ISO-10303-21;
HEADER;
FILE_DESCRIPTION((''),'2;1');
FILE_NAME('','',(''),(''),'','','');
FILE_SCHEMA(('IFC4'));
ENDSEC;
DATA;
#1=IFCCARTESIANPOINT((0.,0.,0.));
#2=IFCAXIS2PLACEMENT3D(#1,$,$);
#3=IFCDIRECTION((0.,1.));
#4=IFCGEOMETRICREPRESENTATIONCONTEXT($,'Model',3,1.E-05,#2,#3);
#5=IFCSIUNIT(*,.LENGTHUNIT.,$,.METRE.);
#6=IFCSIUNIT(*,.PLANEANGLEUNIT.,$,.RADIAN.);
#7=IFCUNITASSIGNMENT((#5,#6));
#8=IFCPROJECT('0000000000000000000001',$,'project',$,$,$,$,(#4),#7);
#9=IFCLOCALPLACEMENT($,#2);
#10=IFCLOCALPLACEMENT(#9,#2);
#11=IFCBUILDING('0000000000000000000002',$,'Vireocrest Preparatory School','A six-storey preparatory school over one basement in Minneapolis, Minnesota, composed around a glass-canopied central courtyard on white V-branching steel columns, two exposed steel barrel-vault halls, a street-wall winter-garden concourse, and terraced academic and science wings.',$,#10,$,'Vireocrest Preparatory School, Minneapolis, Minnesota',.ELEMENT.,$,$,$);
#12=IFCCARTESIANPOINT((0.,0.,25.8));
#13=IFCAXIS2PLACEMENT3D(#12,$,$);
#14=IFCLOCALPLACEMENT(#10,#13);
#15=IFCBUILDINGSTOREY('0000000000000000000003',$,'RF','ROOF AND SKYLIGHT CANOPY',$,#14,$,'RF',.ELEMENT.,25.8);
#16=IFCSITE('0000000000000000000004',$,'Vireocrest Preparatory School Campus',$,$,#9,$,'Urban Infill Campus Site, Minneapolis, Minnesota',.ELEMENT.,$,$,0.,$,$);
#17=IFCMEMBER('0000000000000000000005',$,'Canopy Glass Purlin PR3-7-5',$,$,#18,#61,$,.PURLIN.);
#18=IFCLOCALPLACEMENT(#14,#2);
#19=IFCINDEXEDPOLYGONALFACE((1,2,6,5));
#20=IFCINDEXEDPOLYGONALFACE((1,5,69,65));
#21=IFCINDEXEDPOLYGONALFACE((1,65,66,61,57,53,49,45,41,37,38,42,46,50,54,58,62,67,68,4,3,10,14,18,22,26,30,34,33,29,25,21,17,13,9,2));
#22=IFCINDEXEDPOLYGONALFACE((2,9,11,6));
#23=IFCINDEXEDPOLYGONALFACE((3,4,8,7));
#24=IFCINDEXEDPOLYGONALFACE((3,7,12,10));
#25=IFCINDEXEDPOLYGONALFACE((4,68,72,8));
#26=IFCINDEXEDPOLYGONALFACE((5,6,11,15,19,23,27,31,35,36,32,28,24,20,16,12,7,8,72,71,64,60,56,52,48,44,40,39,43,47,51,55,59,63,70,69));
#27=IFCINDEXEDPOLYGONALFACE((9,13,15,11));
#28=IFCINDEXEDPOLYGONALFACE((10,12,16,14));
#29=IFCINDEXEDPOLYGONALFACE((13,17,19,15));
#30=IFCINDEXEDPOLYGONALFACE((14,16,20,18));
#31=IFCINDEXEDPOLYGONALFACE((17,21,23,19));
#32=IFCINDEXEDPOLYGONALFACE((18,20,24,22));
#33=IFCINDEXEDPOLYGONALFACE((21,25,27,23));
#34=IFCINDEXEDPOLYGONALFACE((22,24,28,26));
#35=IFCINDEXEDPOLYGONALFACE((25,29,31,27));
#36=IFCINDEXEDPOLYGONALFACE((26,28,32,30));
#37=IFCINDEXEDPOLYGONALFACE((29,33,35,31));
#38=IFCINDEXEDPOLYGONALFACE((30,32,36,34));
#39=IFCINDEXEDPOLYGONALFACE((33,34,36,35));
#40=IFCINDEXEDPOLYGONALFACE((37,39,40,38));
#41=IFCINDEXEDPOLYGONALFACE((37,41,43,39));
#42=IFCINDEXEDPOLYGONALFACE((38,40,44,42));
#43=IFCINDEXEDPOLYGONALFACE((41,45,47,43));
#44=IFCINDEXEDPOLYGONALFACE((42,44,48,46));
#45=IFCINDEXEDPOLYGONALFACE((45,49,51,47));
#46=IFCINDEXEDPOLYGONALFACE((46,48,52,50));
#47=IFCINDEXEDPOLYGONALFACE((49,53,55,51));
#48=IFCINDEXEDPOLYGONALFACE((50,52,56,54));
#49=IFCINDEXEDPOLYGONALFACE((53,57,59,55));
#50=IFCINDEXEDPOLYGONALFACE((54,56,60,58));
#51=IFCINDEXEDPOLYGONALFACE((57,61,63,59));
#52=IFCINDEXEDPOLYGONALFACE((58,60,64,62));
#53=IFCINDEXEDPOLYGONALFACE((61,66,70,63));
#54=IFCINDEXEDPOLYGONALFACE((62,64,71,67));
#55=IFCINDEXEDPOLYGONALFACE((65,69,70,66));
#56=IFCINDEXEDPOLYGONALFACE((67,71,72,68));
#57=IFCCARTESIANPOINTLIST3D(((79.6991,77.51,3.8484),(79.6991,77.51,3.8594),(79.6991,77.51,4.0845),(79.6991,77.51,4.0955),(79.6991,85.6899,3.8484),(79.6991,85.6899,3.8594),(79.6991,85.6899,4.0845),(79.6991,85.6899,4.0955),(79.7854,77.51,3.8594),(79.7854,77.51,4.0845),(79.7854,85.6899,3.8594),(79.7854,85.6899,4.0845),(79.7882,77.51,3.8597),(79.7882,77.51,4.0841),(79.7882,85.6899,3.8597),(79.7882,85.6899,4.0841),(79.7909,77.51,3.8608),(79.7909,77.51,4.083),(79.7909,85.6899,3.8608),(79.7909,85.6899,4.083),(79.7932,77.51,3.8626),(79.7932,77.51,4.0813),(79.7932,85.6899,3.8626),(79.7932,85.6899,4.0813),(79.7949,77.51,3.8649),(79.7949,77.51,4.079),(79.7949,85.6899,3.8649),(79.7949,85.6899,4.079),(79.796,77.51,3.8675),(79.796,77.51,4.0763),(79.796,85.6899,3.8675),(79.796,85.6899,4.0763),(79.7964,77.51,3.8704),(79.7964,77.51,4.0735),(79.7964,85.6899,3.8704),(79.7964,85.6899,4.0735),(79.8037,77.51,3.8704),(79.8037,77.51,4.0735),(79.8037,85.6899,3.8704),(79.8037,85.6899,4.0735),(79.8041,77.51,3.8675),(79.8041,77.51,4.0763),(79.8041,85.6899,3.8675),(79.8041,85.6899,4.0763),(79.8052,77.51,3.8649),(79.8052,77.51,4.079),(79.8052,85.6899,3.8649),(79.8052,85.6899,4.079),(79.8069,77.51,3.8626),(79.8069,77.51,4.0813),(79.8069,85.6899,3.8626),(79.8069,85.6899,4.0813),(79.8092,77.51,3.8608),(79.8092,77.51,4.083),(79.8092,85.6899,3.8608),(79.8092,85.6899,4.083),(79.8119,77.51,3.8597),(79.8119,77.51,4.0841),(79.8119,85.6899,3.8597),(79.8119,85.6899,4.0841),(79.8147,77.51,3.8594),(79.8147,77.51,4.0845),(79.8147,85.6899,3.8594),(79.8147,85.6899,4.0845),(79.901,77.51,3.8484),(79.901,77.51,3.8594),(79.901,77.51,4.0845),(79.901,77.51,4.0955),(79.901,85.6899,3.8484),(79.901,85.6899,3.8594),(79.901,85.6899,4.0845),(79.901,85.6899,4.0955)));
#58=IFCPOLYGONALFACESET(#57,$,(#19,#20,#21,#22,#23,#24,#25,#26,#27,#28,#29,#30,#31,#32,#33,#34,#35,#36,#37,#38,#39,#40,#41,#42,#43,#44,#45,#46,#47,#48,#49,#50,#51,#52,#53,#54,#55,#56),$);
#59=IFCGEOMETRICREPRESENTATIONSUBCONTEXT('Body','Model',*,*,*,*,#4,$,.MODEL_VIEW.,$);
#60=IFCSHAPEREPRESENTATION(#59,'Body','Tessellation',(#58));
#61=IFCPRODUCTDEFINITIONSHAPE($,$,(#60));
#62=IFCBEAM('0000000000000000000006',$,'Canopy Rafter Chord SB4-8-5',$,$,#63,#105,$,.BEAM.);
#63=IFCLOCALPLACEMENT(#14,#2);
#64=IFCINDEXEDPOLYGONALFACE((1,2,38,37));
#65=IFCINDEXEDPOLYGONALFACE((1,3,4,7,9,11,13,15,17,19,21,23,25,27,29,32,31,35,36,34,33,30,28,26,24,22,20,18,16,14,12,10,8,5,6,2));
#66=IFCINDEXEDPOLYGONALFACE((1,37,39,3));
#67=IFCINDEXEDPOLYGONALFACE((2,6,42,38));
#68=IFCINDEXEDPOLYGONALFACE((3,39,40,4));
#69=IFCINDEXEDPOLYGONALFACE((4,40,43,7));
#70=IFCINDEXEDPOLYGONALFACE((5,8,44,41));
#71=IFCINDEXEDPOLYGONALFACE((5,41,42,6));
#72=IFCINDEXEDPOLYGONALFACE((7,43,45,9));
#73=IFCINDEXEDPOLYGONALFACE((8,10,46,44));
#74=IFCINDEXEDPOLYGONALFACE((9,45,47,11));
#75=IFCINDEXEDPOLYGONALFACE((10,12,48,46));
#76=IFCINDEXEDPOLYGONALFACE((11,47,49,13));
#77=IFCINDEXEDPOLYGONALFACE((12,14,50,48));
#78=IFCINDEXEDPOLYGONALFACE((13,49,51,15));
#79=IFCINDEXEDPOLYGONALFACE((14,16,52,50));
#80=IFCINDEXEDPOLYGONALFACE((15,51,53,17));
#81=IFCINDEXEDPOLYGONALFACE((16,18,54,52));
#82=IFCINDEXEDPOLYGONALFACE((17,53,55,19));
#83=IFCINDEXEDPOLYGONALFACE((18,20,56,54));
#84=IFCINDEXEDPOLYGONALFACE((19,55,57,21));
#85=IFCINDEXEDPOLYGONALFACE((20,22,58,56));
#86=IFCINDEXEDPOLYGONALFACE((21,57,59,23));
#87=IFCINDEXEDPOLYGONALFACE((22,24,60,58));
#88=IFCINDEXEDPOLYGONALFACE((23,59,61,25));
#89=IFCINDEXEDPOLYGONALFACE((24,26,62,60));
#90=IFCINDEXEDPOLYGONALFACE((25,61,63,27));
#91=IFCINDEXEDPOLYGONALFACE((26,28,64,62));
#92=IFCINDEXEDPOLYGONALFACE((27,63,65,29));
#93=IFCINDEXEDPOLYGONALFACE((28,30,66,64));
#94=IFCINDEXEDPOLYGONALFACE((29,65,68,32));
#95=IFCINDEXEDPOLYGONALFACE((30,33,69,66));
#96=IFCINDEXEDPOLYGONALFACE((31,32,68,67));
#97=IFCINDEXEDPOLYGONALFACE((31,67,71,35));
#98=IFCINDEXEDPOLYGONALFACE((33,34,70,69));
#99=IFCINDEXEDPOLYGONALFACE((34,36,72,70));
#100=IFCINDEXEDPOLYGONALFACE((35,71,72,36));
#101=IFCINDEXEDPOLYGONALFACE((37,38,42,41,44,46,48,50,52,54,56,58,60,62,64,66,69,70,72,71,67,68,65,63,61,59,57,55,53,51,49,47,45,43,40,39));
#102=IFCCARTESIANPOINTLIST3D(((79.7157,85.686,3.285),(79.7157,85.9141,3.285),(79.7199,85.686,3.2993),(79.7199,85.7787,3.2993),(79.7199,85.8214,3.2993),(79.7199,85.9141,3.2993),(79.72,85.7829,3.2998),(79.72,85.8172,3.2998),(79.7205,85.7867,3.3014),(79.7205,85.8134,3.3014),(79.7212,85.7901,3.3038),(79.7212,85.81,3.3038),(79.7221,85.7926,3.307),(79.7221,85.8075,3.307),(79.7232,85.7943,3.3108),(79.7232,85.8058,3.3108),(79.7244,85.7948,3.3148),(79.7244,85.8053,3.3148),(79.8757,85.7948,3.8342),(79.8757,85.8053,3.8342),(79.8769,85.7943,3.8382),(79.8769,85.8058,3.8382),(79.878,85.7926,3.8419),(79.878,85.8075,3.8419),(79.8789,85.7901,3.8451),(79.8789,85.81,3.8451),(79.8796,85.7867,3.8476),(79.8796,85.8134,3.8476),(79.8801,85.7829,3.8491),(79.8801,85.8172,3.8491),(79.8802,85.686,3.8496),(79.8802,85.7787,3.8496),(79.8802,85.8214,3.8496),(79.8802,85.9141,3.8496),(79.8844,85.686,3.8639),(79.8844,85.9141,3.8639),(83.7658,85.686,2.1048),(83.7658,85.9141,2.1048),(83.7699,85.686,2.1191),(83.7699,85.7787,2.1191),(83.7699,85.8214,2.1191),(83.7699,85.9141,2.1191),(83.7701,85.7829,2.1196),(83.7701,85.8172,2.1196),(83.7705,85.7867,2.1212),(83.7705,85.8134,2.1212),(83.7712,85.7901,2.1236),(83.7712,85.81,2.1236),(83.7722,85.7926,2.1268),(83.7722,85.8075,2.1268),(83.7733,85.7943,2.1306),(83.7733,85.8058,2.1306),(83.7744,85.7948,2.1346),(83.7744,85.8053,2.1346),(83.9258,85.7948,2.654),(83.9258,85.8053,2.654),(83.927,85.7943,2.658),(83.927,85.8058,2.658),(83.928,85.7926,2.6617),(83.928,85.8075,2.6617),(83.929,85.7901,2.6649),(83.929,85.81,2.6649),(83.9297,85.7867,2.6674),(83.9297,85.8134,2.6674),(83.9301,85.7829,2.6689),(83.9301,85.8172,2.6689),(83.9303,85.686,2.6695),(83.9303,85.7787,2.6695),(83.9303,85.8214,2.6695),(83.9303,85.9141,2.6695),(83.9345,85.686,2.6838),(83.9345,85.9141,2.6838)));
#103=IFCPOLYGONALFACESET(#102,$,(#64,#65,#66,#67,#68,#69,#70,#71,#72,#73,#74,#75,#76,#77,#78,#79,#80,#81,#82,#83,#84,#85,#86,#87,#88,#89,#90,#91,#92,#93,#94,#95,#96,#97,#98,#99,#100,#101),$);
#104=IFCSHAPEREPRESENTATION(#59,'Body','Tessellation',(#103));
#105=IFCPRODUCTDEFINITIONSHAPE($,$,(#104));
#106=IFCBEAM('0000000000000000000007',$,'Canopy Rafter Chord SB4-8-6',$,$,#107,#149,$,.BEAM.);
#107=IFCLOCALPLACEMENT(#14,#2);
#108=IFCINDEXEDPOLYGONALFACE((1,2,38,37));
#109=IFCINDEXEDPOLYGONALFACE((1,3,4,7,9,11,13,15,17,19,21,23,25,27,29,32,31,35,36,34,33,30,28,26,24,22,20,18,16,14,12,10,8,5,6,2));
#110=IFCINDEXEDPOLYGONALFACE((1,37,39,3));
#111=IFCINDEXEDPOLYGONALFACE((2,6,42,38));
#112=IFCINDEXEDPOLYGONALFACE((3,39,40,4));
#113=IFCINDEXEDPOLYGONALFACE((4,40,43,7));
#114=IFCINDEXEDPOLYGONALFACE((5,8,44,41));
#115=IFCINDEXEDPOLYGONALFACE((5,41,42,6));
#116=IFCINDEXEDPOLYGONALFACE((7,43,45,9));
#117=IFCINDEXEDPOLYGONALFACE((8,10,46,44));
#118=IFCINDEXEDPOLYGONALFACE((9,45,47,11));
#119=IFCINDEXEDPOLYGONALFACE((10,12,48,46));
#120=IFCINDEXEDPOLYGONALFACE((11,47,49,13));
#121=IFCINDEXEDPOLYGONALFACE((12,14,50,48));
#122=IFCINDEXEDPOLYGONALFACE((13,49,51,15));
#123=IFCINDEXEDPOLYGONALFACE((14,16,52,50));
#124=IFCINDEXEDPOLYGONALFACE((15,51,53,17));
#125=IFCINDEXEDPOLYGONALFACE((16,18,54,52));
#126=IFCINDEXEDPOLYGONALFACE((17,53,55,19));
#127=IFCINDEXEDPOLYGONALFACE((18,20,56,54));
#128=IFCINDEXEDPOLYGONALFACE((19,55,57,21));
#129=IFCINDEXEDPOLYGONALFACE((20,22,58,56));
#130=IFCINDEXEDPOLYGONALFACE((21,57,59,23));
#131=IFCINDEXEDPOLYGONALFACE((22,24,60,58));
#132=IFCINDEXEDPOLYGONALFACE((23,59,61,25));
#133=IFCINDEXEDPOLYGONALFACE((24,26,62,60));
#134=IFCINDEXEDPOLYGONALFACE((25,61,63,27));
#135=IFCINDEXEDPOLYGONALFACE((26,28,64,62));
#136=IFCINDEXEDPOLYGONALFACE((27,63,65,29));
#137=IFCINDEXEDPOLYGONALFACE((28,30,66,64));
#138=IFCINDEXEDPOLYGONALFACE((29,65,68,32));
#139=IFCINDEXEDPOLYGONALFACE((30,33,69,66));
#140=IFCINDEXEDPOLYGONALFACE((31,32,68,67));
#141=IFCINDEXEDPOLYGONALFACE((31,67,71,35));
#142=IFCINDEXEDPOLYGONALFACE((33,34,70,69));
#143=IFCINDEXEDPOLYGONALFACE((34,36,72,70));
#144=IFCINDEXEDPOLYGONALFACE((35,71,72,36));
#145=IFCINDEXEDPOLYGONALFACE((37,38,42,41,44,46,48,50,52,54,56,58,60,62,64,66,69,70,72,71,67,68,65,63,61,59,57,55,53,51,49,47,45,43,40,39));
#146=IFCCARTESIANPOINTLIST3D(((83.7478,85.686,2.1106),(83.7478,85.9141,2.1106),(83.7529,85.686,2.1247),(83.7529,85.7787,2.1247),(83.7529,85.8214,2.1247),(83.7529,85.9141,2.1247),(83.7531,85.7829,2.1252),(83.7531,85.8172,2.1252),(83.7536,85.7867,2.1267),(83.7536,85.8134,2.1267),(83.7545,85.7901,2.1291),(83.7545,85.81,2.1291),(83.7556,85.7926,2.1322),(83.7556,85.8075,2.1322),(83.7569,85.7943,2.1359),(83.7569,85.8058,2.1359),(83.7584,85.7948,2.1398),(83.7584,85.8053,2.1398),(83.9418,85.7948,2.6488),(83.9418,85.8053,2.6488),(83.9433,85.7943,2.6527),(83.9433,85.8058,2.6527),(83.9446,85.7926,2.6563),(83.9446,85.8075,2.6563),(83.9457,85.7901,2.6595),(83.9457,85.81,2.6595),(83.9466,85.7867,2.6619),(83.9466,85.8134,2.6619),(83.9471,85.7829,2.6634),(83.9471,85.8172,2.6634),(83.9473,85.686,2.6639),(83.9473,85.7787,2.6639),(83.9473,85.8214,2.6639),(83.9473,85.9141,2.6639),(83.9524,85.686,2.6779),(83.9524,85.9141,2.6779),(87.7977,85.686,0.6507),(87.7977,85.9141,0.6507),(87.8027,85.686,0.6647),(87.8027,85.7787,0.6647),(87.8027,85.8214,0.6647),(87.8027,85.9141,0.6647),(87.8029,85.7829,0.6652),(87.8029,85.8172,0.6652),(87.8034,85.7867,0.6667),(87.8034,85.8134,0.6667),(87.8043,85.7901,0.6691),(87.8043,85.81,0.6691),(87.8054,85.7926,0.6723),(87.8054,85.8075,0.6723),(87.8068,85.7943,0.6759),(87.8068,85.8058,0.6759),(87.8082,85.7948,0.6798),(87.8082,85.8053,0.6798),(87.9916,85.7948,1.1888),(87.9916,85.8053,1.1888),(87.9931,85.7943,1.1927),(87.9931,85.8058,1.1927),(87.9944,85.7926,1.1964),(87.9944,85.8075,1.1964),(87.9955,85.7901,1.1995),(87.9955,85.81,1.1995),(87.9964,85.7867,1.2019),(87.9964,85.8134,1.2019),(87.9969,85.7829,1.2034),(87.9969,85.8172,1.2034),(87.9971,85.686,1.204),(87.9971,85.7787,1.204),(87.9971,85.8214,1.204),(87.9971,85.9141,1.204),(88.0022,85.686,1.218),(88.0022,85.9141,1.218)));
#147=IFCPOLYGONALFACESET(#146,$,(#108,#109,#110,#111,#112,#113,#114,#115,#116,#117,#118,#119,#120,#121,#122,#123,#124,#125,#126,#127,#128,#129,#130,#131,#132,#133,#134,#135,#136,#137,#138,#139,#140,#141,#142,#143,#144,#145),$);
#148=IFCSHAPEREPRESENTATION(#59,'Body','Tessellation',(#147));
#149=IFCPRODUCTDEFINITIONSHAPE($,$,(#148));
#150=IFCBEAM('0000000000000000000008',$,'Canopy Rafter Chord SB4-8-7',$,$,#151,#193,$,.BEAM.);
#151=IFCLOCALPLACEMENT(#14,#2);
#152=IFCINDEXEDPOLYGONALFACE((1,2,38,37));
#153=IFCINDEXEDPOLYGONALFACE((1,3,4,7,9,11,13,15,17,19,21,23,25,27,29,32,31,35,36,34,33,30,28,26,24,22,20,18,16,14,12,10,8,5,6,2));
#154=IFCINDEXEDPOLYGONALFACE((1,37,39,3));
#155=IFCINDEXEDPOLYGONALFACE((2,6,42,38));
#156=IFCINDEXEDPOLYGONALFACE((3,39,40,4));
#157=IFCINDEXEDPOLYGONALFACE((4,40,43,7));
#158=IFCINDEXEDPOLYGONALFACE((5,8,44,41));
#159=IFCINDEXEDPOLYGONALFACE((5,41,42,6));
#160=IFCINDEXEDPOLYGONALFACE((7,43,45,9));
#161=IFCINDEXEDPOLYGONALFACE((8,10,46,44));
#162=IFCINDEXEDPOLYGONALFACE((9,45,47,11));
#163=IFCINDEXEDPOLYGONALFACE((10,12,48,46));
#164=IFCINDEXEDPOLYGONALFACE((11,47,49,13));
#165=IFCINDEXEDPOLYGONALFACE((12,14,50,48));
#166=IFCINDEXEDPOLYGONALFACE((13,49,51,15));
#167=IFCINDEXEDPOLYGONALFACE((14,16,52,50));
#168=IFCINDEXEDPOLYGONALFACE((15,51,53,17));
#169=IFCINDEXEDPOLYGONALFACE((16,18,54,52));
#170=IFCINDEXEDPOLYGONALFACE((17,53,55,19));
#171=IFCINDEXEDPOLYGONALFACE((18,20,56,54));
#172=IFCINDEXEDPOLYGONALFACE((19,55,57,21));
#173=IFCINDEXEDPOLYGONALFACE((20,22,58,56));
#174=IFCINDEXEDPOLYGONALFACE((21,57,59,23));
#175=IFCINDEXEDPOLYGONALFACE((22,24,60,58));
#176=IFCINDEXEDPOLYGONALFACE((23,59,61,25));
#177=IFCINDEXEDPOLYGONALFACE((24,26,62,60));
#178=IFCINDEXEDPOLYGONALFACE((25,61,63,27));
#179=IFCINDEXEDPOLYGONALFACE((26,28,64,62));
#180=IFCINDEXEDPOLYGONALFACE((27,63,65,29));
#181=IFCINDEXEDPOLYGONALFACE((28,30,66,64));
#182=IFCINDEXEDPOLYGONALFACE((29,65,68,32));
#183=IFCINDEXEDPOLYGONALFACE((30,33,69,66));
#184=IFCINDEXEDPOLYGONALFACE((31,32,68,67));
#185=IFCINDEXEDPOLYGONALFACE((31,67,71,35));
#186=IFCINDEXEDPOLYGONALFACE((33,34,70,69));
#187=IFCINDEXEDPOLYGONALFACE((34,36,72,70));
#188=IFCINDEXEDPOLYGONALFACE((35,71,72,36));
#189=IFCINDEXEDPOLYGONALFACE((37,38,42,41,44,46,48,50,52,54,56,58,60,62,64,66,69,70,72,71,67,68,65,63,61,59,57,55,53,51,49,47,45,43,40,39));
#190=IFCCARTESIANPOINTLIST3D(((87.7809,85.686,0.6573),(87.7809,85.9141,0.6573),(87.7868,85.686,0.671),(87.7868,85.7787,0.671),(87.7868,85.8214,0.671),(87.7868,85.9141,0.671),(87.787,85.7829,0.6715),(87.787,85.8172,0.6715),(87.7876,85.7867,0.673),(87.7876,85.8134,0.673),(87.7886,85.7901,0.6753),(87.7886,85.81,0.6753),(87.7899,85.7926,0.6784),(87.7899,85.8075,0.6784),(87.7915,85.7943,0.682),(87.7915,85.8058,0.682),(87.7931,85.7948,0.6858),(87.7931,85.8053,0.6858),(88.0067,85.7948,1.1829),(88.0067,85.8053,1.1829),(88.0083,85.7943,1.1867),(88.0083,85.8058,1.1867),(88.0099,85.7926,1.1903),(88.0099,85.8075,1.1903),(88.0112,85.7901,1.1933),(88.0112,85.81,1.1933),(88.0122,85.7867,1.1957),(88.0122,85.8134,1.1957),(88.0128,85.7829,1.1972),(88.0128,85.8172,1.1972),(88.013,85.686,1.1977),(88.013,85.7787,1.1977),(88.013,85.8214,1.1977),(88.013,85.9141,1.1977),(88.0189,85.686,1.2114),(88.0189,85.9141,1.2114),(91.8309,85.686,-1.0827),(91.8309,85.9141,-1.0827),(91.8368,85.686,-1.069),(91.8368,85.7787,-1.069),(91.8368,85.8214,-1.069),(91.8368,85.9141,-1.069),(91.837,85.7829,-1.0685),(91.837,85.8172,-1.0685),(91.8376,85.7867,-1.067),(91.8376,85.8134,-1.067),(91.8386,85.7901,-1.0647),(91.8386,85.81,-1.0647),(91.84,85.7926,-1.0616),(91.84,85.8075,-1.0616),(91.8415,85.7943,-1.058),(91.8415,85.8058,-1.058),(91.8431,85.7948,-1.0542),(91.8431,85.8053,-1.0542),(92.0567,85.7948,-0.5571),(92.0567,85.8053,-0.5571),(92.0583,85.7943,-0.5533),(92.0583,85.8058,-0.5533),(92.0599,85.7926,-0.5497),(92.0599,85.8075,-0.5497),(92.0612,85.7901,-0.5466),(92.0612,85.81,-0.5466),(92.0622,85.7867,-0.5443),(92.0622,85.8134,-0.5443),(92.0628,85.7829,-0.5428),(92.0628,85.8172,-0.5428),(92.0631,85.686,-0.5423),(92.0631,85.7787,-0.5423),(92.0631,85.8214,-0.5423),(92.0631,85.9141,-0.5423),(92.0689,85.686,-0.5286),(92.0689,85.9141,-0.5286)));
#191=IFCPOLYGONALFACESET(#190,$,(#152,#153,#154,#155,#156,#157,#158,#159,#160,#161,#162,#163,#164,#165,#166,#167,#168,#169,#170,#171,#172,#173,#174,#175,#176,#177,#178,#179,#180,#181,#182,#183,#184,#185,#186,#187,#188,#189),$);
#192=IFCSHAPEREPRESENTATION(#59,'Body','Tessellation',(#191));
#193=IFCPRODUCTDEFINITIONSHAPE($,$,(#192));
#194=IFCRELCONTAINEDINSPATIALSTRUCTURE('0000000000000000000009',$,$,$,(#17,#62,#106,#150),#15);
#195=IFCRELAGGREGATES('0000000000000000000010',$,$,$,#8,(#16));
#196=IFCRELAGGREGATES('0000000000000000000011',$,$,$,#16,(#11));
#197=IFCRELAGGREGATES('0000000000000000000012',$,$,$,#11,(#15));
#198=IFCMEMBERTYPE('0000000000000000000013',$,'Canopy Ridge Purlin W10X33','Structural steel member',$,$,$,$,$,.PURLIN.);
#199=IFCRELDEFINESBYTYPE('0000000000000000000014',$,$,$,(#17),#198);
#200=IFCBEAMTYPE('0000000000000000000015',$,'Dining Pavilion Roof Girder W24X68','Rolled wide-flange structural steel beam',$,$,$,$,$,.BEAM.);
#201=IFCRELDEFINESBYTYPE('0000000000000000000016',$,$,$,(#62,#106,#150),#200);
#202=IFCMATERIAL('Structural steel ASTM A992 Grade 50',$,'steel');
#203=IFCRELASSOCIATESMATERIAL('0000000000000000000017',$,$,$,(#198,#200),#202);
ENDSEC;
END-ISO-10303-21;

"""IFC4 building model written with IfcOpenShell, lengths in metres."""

from ifc_helpers import new_model, si_unit, direction, frame, origin, origin_2d, place, context, subcontext, project, spatial, i_section, extrude, material, material_profile, profile_set, type_object, element, save


model = new_model("IFC4")

# Units and contexts
model_context = context("Model", 3, precision=1e-05, world=origin(), true_north=direction((0.0, 1.0)))
body_context = subcontext(model_context, "Body", "Model", "MODEL_VIEW")
ifc_project = project(units=[si_unit("LENGTHUNIT", "METRE"), si_unit("PLANEANGLEUNIT", "RADIAN")], contexts=[model_context])

# Site, building, storey
site_placement = place(None, origin())
site = spatial("IfcSite", under=ifc_project, at=site_placement, Name="Vireocrest Preparatory School Campus", LongName="Urban Infill Campus Site, Minneapolis, Minnesota", CompositionType="ELEMENT", RefElevation=0.0)
building_placement = place(site_placement, origin())
building = spatial("IfcBuilding", under=site, at=building_placement, Name="Vireocrest Preparatory School", Description="A six-storey preparatory school over one basement in Minneapolis, Minnesota, composed around a glass-canopied central courtyard on white V-branching steel columns, two exposed steel barrel-vault halls, a street-wall winter-garden concourse, and terraced academic and science wings.", LongName="Vireocrest Preparatory School, Minneapolis, Minnesota", CompositionType="ELEMENT")
storey_placement = place(building_placement, frame((0.0, 0.0, 25.8)))
storey = spatial("IfcBuildingStorey", under=building, at=storey_placement, Name="RF", Description="ROOF AND SKYLIGHT CANOPY", LongName="RF", CompositionType="ELEMENT", Elevation=25.8)

# Member
ifc_material_1 = material(Name="Structural steel ASTM A992 Grade 50", Category="steel")
ifc_material_profile_1 = material_profile(ifc_material_1, i_section(OverallWidth=0.2019, OverallDepth=0.2471, WebThickness=0.0073, FlangeThickness=0.011, FilletRadius=0.011, at=origin_2d()), Name="W10X33")
ifc_profile_set_1 = profile_set([ifc_material_profile_1], Name="Structural steel ASTM A992 Grade 50")
member_type_1 = type_object("IfcMemberType", Name="Canopy Ridge Purlin W10X33", Description="Structural steel member", PredefinedType="PURLIN", material=ifc_profile_set_1)
member_1_placement = place(storey_placement, frame((79.8, 77.51, 3.9719), z_axis=(0.0, 1.0, 0.0), x_axis=(-1.0, 0.0, 0.0)))
element("IfcMember", 1, at=member_1_placement, inside=storey, type_object=member_type_1, Name="Canopy Glass Purlin PR3-7-5", PredefinedType="PURLIN", context=body_context, shape_type="SweptSolid", body=[
    extrude(i_section(OverallWidth=0.2019, OverallDepth=0.2471, WebThickness=0.0073, FlangeThickness=0.011, FilletRadius=0.011, at=origin_2d()), origin(), (0.0, 0.0, 1.0), 8.1799),
])

# Beams
ifc_material_profile_2 = material_profile(ifc_material_1, i_section(OverallWidth=0.228, OverallDepth=0.603, WebThickness=0.0105, FlangeThickness=0.0149, FilletRadius=0.0161, at=origin_2d()), Name="W24X68")
ifc_profile_set_2 = profile_set([ifc_material_profile_2], Name="Structural steel ASTM A992 Grade 50")
beam_type = type_object("IfcBeamType", Name="Dining Pavilion Roof Girder W24X68", Description="Rolled wide-flange structural steel beam", PredefinedType="BEAM", material=ifc_profile_set_2)
beam_1_placement = place(storey_placement, frame((79.8, 85.8, 3.5745), z_axis=(0.960069, 0.0, -0.279762), x_axis=(0.0, 1.0, 0.0)))
element("IfcBeam", 2, at=beam_1_placement, inside=storey, type_object=beam_type, Name="Canopy Rafter Chord SB4-8-5", PredefinedType="BEAM", context=body_context, shape_type="SweptSolid", body=[
    extrude(i_section(OverallWidth=0.228, OverallDepth=0.603, WebThickness=0.0105, FlangeThickness=0.0149, FilletRadius=0.0161, at=origin_2d()), origin(), (0.0, 0.0, 1.0), 4.2185),
])
beam_2_placement = place(storey_placement, frame((83.8501, 85.8, 2.3943), z_axis=(0.940737, 0.0, -0.339137), x_axis=(0.0, 1.0, 0.0)))
element("IfcBeam", 3, at=beam_2_placement, inside=storey, type_object=beam_type, Name="Canopy Rafter Chord SB4-8-6", PredefinedType="BEAM", context=body_context, shape_type="SweptSolid", body=[
    extrude(i_section(OverallWidth=0.228, OverallDepth=0.603, WebThickness=0.0105, FlangeThickness=0.0149, FilletRadius=0.0161, at=origin_2d()), origin(), (0.0, 0.0, 1.0), 4.3049),
])
beam_3_placement = place(storey_placement, frame((87.8999, 85.8, 0.9343), z_axis=(0.918795, 0.0, -0.394735), x_axis=(0.0, 1.0, 0.0)))
element("IfcBeam", 4, at=beam_3_placement, inside=storey, type_object=beam_type, Name="Canopy Rafter Chord SB4-8-7", PredefinedType="BEAM", context=body_context, shape_type="SweptSolid", body=[
    extrude(i_section(OverallWidth=0.228, OverallDepth=0.603, WebThickness=0.0105, FlangeThickness=0.0149, FilletRadius=0.0161, at=origin_2d()), origin(), (0.0, 0.0, 1.0), 4.408),
])

save(model, "model.ifc")
